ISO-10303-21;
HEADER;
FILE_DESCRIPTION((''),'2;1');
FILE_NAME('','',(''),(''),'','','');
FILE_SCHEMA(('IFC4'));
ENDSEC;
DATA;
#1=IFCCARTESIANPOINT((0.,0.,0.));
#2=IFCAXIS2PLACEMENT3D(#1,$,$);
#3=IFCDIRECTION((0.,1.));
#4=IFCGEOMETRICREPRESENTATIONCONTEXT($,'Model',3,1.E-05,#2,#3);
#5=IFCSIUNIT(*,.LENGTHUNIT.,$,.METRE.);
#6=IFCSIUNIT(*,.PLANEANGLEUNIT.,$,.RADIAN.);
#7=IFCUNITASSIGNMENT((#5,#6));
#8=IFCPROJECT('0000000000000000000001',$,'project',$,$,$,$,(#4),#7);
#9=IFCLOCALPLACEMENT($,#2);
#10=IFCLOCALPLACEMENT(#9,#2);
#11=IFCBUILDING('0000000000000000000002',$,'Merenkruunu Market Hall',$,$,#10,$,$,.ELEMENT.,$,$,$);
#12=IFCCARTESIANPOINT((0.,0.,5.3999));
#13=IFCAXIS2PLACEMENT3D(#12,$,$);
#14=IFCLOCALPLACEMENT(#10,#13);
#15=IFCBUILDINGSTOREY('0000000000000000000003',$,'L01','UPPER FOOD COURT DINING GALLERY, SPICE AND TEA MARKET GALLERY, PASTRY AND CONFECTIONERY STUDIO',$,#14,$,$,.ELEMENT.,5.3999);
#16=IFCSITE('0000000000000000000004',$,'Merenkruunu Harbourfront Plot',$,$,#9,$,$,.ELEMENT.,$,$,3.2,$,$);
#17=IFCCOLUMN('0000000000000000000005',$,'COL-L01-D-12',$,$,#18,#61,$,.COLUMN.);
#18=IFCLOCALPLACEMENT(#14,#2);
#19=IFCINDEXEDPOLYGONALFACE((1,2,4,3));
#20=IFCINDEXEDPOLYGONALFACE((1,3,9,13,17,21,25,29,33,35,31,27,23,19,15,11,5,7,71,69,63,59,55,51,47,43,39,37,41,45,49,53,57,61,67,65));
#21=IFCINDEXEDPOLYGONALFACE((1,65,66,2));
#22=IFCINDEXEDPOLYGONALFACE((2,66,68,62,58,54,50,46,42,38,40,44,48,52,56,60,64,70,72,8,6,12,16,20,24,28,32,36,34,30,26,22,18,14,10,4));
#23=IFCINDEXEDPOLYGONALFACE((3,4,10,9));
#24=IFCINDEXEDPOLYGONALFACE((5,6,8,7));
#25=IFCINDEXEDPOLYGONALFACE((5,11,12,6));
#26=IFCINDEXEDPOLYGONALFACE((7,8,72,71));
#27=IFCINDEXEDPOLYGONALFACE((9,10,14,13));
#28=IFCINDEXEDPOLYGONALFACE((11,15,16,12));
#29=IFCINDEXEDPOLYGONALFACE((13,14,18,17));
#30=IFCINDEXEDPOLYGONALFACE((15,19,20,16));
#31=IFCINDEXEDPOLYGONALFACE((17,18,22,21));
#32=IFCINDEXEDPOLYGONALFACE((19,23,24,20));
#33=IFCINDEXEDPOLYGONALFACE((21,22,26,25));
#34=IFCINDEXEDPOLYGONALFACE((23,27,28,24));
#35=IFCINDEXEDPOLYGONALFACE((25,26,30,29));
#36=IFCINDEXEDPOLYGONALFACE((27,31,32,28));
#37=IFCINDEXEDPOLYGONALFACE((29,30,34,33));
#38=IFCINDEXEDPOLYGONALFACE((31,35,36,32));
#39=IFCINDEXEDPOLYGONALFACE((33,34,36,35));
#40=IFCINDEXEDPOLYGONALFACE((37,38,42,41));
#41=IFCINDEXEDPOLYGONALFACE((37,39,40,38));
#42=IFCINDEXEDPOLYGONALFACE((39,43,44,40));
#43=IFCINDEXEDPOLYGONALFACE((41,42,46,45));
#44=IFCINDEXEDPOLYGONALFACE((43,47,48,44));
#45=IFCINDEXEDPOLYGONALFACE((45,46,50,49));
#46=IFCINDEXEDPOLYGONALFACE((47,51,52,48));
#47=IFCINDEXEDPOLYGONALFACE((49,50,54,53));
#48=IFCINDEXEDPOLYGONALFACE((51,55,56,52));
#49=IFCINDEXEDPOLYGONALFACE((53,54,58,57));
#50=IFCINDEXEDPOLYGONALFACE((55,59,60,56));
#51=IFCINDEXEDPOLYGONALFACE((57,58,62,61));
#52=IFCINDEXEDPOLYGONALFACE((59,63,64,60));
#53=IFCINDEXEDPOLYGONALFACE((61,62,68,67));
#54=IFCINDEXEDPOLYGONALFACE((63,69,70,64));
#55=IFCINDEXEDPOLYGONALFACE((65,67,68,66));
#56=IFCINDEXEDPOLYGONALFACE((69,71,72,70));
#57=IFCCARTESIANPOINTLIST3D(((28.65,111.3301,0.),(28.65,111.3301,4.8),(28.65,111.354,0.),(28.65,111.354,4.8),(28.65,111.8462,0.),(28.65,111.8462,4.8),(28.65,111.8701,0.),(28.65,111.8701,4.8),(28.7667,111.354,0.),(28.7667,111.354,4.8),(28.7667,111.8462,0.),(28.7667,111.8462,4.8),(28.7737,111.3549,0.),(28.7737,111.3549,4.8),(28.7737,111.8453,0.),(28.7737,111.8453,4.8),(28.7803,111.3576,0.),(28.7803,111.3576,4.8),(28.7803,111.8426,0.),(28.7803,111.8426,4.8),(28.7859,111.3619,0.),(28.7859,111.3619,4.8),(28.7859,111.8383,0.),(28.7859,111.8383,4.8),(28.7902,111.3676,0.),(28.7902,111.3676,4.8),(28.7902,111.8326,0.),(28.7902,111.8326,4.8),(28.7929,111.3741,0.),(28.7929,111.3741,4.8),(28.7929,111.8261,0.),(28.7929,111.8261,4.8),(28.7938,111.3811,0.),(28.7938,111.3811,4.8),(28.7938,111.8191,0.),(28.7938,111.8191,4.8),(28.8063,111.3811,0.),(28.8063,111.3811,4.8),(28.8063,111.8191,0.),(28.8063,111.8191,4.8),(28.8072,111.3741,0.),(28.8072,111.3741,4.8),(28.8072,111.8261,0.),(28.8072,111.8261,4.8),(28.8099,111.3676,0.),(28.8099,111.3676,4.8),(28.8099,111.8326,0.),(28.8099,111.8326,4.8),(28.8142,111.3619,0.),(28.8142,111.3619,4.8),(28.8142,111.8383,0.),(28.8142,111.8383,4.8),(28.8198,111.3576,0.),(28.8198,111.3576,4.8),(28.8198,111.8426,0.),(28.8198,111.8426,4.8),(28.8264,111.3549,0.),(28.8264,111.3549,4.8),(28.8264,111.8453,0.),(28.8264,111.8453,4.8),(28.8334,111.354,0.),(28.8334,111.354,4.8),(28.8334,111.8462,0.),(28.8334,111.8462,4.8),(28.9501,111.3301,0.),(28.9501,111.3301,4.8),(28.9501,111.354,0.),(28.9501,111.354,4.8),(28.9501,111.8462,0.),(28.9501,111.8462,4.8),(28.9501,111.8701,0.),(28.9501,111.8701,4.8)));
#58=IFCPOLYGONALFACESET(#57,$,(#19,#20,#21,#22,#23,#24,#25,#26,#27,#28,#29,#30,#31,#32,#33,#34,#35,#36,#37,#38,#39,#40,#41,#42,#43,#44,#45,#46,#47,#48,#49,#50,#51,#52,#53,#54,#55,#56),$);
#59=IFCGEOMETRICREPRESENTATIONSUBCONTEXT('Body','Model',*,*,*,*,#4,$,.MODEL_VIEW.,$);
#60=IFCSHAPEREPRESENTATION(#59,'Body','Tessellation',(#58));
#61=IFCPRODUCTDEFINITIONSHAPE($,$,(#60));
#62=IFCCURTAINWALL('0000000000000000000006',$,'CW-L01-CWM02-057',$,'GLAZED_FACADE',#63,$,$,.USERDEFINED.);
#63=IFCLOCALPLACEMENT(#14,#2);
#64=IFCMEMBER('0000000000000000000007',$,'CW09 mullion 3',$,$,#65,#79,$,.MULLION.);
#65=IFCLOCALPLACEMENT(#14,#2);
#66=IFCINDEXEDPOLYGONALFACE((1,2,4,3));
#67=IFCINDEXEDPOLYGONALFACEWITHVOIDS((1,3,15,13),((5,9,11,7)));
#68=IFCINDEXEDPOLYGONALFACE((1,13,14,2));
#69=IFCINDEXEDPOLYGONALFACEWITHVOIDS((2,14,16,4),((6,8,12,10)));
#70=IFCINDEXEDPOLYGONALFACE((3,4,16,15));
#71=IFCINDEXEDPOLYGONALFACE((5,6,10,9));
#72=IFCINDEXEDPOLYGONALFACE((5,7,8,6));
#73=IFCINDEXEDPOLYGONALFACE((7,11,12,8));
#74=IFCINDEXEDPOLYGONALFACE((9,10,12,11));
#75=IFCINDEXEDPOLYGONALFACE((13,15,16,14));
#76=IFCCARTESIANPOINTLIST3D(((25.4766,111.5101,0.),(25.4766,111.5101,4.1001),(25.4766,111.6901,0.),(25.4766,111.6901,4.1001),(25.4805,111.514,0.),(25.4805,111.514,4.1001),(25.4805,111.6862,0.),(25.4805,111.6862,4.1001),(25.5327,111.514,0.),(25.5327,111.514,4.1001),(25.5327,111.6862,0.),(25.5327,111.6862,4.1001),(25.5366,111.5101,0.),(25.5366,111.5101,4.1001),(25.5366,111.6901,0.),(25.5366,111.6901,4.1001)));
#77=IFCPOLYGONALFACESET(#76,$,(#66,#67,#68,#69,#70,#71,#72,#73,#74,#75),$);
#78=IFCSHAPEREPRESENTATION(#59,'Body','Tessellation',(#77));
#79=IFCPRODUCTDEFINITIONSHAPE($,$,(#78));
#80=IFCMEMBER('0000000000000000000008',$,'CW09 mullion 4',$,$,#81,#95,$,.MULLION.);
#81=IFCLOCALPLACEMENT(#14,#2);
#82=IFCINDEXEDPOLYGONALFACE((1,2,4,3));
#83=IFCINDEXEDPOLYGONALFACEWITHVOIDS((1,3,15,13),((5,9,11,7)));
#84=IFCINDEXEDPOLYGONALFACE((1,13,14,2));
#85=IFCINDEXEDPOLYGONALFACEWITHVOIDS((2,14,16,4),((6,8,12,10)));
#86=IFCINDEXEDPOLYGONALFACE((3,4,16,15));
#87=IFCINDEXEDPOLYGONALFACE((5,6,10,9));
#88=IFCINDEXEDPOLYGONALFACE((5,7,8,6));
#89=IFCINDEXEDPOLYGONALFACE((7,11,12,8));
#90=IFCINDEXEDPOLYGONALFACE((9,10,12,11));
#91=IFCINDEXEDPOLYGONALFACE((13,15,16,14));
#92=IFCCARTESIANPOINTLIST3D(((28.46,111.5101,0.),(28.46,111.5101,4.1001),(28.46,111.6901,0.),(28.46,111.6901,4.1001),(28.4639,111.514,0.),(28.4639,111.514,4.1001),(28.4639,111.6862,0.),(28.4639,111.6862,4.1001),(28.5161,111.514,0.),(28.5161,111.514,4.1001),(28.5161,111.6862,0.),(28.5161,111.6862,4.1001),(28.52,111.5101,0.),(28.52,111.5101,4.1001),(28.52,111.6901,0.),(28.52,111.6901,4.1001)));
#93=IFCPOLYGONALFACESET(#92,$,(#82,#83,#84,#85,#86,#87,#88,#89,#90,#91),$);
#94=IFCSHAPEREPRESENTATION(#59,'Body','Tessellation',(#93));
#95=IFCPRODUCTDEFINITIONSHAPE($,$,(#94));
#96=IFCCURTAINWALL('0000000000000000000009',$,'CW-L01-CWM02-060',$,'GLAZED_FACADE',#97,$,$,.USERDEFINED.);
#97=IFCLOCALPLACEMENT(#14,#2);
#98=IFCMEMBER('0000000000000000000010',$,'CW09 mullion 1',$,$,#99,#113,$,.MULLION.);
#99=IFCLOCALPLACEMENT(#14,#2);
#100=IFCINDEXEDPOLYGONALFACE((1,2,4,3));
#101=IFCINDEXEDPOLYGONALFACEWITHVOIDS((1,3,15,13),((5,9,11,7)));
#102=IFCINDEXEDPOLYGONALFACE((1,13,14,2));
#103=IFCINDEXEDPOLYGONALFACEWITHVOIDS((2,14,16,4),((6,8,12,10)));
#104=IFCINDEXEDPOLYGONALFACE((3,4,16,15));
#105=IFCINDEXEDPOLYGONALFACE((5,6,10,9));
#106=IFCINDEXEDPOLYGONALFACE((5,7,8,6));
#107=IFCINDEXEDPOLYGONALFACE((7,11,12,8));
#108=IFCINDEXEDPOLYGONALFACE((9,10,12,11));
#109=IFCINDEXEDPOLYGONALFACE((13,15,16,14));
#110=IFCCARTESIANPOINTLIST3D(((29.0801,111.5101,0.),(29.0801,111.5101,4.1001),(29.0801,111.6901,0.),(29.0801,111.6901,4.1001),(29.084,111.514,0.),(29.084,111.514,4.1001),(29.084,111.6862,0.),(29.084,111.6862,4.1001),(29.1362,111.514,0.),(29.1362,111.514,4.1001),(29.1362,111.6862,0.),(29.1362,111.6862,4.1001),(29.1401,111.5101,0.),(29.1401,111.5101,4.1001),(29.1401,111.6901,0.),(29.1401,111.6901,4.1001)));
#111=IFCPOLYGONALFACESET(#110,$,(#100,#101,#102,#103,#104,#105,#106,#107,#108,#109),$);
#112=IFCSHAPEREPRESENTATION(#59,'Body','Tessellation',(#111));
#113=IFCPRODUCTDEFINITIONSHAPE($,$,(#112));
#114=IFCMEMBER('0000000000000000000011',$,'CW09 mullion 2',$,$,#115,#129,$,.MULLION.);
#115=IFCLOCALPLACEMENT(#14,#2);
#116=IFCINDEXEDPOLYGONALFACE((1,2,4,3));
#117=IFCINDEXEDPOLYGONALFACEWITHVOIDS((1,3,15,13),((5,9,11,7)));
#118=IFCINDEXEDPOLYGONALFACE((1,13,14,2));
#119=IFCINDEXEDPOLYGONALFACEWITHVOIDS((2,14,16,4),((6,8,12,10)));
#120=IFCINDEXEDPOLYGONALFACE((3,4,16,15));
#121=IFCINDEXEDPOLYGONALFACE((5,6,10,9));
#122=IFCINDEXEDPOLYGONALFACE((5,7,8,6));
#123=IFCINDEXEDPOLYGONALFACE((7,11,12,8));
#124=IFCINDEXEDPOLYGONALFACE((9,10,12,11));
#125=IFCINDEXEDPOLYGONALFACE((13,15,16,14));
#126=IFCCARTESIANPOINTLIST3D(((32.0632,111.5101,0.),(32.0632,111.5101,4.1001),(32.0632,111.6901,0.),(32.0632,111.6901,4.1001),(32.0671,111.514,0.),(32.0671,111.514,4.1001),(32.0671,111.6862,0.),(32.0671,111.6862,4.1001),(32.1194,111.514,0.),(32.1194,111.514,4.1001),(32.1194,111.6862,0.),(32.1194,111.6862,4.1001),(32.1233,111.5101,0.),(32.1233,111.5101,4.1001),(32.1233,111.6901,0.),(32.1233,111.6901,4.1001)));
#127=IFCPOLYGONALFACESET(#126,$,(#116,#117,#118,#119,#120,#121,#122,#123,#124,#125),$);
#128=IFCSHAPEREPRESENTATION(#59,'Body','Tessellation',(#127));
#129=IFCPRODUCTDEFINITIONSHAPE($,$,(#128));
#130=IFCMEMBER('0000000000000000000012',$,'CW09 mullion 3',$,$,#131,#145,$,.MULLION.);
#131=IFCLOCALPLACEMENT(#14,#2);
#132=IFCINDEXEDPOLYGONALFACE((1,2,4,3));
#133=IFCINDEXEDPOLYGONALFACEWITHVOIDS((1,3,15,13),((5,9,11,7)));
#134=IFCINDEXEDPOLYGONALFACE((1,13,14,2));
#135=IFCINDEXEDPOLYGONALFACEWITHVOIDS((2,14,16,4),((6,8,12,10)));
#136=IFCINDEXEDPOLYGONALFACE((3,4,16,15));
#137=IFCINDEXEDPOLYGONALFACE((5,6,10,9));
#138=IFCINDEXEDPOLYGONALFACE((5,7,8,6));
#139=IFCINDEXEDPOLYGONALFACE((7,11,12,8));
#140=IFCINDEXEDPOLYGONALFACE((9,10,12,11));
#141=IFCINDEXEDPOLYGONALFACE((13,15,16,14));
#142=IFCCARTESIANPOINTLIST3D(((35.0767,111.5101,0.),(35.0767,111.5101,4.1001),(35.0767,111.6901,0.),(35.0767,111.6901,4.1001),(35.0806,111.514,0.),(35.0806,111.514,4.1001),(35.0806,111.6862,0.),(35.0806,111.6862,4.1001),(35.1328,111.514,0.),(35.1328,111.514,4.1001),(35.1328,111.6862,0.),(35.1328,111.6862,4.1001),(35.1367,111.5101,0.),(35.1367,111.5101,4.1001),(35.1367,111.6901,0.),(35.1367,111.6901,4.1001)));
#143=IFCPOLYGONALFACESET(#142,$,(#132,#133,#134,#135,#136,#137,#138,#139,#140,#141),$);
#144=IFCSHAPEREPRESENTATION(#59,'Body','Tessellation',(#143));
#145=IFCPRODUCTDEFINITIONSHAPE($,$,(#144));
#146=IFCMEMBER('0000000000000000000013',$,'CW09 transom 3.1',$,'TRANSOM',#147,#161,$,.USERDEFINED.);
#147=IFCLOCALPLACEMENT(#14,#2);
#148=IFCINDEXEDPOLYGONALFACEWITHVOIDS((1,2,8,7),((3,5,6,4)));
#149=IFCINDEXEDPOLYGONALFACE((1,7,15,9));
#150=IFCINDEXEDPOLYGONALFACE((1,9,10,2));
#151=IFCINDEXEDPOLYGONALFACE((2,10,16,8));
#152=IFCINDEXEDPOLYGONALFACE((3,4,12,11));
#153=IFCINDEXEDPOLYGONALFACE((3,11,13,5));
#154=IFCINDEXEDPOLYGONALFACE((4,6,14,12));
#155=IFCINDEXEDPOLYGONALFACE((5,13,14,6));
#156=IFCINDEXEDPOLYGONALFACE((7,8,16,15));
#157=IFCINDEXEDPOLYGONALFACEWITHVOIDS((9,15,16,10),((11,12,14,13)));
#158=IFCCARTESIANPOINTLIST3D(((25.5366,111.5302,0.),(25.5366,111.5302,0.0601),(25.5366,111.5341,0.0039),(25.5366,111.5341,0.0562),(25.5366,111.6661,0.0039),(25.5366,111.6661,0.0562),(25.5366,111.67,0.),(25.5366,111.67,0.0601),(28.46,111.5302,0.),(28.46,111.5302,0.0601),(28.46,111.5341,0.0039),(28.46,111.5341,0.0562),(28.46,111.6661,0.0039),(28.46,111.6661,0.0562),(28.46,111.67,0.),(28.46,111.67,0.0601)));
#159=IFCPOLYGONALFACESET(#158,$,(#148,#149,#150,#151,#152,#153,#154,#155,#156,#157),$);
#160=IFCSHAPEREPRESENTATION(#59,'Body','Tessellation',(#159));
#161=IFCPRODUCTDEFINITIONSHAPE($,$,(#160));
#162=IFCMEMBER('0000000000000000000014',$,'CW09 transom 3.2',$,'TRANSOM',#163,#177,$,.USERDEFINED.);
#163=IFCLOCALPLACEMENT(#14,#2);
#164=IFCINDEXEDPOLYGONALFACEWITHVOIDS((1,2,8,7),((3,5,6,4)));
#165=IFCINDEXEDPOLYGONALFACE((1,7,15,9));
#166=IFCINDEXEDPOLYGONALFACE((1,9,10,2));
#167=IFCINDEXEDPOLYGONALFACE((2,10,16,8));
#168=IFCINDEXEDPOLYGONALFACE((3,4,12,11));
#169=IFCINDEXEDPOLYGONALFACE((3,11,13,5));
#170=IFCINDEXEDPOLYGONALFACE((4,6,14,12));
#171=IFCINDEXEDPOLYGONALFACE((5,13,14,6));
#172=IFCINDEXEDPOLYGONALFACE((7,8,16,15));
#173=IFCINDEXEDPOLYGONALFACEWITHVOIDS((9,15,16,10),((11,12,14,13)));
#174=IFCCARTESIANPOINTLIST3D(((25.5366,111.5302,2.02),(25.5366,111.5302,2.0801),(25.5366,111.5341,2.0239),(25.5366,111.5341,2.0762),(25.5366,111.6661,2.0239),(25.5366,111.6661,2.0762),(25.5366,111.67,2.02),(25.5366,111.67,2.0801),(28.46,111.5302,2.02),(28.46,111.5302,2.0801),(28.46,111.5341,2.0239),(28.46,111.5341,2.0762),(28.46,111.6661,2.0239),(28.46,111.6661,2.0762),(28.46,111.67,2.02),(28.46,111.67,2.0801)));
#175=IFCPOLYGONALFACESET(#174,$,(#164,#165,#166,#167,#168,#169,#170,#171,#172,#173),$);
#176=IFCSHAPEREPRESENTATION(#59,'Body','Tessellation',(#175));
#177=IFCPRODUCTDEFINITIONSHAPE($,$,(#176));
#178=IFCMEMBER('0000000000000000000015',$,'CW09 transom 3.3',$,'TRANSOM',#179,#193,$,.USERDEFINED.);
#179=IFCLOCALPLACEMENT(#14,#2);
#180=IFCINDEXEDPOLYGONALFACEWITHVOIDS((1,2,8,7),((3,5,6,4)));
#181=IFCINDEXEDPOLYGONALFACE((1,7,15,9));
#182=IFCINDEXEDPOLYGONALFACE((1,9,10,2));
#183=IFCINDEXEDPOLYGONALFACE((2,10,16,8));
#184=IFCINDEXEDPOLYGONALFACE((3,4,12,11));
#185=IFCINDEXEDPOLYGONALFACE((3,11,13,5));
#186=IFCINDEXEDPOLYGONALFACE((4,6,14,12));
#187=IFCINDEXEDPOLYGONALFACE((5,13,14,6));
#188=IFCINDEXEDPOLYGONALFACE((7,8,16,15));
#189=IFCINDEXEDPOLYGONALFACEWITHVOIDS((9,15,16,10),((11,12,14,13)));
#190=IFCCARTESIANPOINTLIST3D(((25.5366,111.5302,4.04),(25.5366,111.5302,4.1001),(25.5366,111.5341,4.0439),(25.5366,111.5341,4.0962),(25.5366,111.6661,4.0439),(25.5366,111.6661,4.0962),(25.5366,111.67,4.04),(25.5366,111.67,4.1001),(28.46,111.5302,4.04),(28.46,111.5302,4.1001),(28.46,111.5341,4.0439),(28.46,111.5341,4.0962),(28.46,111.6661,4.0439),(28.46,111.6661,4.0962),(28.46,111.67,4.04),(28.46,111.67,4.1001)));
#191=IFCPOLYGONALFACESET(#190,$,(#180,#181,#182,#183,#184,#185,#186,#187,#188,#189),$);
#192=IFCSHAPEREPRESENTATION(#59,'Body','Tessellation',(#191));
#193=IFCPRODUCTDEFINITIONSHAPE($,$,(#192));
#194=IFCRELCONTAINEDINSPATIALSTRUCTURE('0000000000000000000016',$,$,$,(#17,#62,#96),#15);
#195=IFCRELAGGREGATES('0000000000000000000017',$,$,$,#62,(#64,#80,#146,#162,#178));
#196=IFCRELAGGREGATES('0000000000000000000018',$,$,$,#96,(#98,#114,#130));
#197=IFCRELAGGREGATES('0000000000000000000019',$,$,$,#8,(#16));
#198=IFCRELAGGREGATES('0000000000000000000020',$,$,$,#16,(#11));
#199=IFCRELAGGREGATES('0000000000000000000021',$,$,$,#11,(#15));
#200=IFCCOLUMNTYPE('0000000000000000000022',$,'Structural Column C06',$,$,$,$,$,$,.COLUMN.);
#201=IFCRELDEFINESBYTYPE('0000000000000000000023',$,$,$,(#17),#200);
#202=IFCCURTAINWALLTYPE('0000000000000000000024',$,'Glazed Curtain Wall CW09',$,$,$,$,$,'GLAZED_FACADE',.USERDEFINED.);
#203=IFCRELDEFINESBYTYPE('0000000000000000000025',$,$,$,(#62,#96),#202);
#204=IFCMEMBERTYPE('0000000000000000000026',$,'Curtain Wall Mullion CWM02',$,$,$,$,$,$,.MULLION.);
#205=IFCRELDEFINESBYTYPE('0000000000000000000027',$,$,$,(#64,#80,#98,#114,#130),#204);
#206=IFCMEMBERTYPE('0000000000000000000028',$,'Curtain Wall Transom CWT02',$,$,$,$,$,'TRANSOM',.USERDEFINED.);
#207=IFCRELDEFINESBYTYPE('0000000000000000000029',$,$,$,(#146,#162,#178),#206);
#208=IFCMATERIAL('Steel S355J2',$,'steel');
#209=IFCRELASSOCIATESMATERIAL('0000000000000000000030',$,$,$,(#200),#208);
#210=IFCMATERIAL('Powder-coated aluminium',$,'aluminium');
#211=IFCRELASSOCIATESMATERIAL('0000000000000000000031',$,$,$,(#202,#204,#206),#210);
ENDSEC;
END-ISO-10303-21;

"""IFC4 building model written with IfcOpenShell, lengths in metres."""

from ifc_helpers import new_model, si_unit, direction, frame, origin, origin_2d, place, context, subcontext, project, spatial, hollow_rectangle, i_section, extrude, material, material_profile, profile_set, type_object, element, aggregate, save


model = new_model("IFC4")

# Units and contexts
model_context = context("Model", 3, precision=1e-05, world=origin(), true_north=direction((0.0, 1.0)))
body_context = subcontext(model_context, "Body", "Model", "MODEL_VIEW")
ifc_project = project(units=[si_unit("LENGTHUNIT", "METRE"), si_unit("PLANEANGLEUNIT", "RADIAN")], contexts=[model_context])

# Site, building, storey
site_placement = place(None, origin())
site = spatial("IfcSite", under=ifc_project, at=site_placement, Name="Merenkruunu Harbourfront Plot", CompositionType="ELEMENT", RefElevation=3.2)
building_placement = place(site_placement, origin())
building = spatial("IfcBuilding", under=site, at=building_placement, Name="Merenkruunu Market Hall", CompositionType="ELEMENT")
storey_placement = place(building_placement, frame((0.0, 0.0, 5.3999)))
storey = spatial("IfcBuildingStorey", under=building, at=storey_placement, Name="L01", Description="UPPER FOOD COURT DINING GALLERY, SPICE AND TEA MARKET GALLERY, PASTRY AND CONFECTIONERY STUDIO", CompositionType="ELEMENT", Elevation=5.3999)

# Column
ifc_material_1 = material(Name="Steel S355J2", Category="steel")
ifc_material_profile_1 = material_profile(ifc_material_1, i_section(OverallWidth=0.3, OverallDepth=0.54, WebThickness=0.0125, FlangeThickness=0.0239, FilletRadius=0.0271, at=origin_2d()), Name="HEA 550")
ifc_profile_set_1 = profile_set([ifc_material_profile_1], Name="Steel S355J2")
column_type = type_object("IfcColumnType", Name="Structural Column C06", PredefinedType="COLUMN", material=ifc_profile_set_1)
column_placement = place(storey_placement, frame((28.8, 111.6001, 0.0), z_axis=(0.0, 0.0, 1.0), x_axis=(1.0, 0.0, 0.0)))
element("IfcColumn", 1, at=column_placement, inside=storey, type_object=column_type, Name="COL-L01-D-12", PredefinedType="COLUMN", context=body_context, shape_type="SweptSolid", body=[
    extrude(i_section(OverallWidth=0.3, OverallDepth=0.54, WebThickness=0.0125, FlangeThickness=0.0239, FilletRadius=0.0271, at=origin_2d()), origin(), (0.0, 0.0, 1.0), 4.8),
])

# Curtain walls, members
ifc_material_2 = material(Name="Powder-coated aluminium", Category="aluminium")
curtain_wall_type = type_object("IfcCurtainWallType", Name="Glazed Curtain Wall CW09", ElementType="GLAZED_FACADE", PredefinedType="USERDEFINED", material=ifc_material_2)
curtain_wall_1_placement = place(storey_placement, origin())
curtain_wall_1 = element("IfcCurtainWall", 2, at=curtain_wall_1_placement, inside=storey, type_object=curtain_wall_type, Name="CW-L01-CWM02-057", ObjectType="GLAZED_FACADE", PredefinedType="USERDEFINED")
ifc_material_profile_2 = material_profile(ifc_material_2, hollow_rectangle(XDim=0.0601, YDim=0.1799, WallThickness=0.0039, at=origin_2d()), Name="ALU 60x180x4")
ifc_profile_set_2 = profile_set([ifc_material_profile_2], Name="Powder-coated aluminium")
member_type_1 = type_object("IfcMemberType", Name="Curtain Wall Mullion CWM02", PredefinedType="MULLION", material=ifc_profile_set_2)
member_1_placement = place(storey_placement, frame((25.5066, 111.6001, 0.0), z_axis=(0.0, 0.0, 1.0), x_axis=(1.0, 0.0, 0.0)))
member_1 = element("IfcMember", 3, at=member_1_placement, type_object=member_type_1, Name="CW09 mullion 3", PredefinedType="MULLION", context=body_context, shape_type="SweptSolid", body=[
    extrude(hollow_rectangle(XDim=0.0601, YDim=0.1799, WallThickness=0.0039, at=origin_2d()), origin(), (0.0, 0.0, 1.0), 4.1001),
])
member_2_placement = place(storey_placement, frame((28.49, 111.6001, 0.0), z_axis=(0.0, 0.0, 1.0), x_axis=(1.0, 0.0, 0.0)))
member_2 = element("IfcMember", 4, at=member_2_placement, type_object=member_type_1, Name="CW09 mullion 4", PredefinedType="MULLION", context=body_context, shape_type="SweptSolid", body=[
    extrude(hollow_rectangle(XDim=0.0601, YDim=0.1799, WallThickness=0.0039, at=origin_2d()), origin(), (0.0, 0.0, 1.0), 4.1001),
])
curtain_wall_2_placement = place(storey_placement, origin())
curtain_wall_2 = element("IfcCurtainWall", 5, at=curtain_wall_2_placement, inside=storey, type_object=curtain_wall_type, Name="CW-L01-CWM02-060", ObjectType="GLAZED_FACADE", PredefinedType="USERDEFINED")
member_3_placement = place(storey_placement, frame((29.1101, 111.6001, 0.0), z_axis=(0.0, 0.0, 1.0), x_axis=(1.0, 0.0, 0.0)))
member_3 = element("IfcMember", 6, at=member_3_placement, type_object=member_type_1, Name="CW09 mullion 1", PredefinedType="MULLION", context=body_context, shape_type="SweptSolid", body=[
    extrude(hollow_rectangle(XDim=0.0601, YDim=0.1799, WallThickness=0.0039, at=origin_2d()), origin(), (0.0, 0.0, 1.0), 4.1001),
])
member_4_placement = place(storey_placement, frame((32.0933, 111.6001, 0.0), z_axis=(0.0, 0.0, 1.0), x_axis=(1.0, 0.0, 0.0)))
member_4 = element("IfcMember", 7, at=member_4_placement, type_object=member_type_1, Name="CW09 mullion 2", PredefinedType="MULLION", context=body_context, shape_type="SweptSolid", body=[
    extrude(hollow_rectangle(XDim=0.0601, YDim=0.1799, WallThickness=0.0039, at=origin_2d()), origin(), (0.0, 0.0, 1.0), 4.1001),
])
member_5_placement = place(storey_placement, frame((35.1067, 111.6001, 0.0), z_axis=(0.0, 0.0, 1.0), x_axis=(1.0, 0.0, 0.0)))
member_5 = element("IfcMember", 8, at=member_5_placement, type_object=member_type_1, Name="CW09 mullion 3", PredefinedType="MULLION", context=body_context, shape_type="SweptSolid", body=[
    extrude(hollow_rectangle(XDim=0.0601, YDim=0.1799, WallThickness=0.0039, at=origin_2d()), origin(), (0.0, 0.0, 1.0), 4.1001),
])

# Members
ifc_material_profile_3 = material_profile(ifc_material_2, hollow_rectangle(XDim=0.0601, YDim=0.1399, WallThickness=0.0039, at=origin_2d()), Name="ALU 60x140x4")
ifc_profile_set_3 = profile_set([ifc_material_profile_3], Name="Powder-coated aluminium")
member_type_2 = type_object("IfcMemberType", Name="Curtain Wall Transom CWT02", ElementType="TRANSOM", PredefinedType="USERDEFINED", material=ifc_profile_set_3)
member_6_placement = place(storey_placement, frame((25.5366, 111.6001, 0.03), z_axis=(1.0, 0.0, 0.0), x_axis=(0.0, 0.0, 1.0)))
member_6 = element("IfcMember", 9, at=member_6_placement, type_object=member_type_2, Name="CW09 transom 3.1", ObjectType="TRANSOM", PredefinedType="USERDEFINED", context=body_context, shape_type="SweptSolid", body=[
    extrude(hollow_rectangle(XDim=0.0601, YDim=0.1399, WallThickness=0.0039, at=origin_2d()), origin(), (0.0, 0.0, 1.0), 2.9233),
])
member_7_placement = place(storey_placement, frame((25.5366, 111.6001, 2.05), z_axis=(1.0, 0.0, 0.0), x_axis=(0.0, 0.0, 1.0)))
member_7 = element("IfcMember", 10, at=member_7_placement, type_object=member_type_2, Name="CW09 transom 3.2", ObjectType="TRANSOM", PredefinedType="USERDEFINED", context=body_context, shape_type="SweptSolid", body=[
    extrude(hollow_rectangle(XDim=0.0601, YDim=0.1399, WallThickness=0.0039, at=origin_2d()), origin(), (0.0, 0.0, 1.0), 2.9233),
])
member_8_placement = place(storey_placement, frame((25.5366, 111.6001, 4.0701), z_axis=(1.0, 0.0, 0.0), x_axis=(0.0, 0.0, 1.0)))
member_8 = element("IfcMember", 11, at=member_8_placement, type_object=member_type_2, Name="CW09 transom 3.3", ObjectType="TRANSOM", PredefinedType="USERDEFINED", context=body_context, shape_type="SweptSolid", body=[
    extrude(hollow_rectangle(XDim=0.0601, YDim=0.1399, WallThickness=0.0039, at=origin_2d()), origin(), (0.0, 0.0, 1.0), 2.9233),
])

aggregate(curtain_wall_1, [member_1, member_2, member_6, member_7, member_8])
aggregate(curtain_wall_2, [member_3, member_4, member_5])

save(model, "model.ifc")
